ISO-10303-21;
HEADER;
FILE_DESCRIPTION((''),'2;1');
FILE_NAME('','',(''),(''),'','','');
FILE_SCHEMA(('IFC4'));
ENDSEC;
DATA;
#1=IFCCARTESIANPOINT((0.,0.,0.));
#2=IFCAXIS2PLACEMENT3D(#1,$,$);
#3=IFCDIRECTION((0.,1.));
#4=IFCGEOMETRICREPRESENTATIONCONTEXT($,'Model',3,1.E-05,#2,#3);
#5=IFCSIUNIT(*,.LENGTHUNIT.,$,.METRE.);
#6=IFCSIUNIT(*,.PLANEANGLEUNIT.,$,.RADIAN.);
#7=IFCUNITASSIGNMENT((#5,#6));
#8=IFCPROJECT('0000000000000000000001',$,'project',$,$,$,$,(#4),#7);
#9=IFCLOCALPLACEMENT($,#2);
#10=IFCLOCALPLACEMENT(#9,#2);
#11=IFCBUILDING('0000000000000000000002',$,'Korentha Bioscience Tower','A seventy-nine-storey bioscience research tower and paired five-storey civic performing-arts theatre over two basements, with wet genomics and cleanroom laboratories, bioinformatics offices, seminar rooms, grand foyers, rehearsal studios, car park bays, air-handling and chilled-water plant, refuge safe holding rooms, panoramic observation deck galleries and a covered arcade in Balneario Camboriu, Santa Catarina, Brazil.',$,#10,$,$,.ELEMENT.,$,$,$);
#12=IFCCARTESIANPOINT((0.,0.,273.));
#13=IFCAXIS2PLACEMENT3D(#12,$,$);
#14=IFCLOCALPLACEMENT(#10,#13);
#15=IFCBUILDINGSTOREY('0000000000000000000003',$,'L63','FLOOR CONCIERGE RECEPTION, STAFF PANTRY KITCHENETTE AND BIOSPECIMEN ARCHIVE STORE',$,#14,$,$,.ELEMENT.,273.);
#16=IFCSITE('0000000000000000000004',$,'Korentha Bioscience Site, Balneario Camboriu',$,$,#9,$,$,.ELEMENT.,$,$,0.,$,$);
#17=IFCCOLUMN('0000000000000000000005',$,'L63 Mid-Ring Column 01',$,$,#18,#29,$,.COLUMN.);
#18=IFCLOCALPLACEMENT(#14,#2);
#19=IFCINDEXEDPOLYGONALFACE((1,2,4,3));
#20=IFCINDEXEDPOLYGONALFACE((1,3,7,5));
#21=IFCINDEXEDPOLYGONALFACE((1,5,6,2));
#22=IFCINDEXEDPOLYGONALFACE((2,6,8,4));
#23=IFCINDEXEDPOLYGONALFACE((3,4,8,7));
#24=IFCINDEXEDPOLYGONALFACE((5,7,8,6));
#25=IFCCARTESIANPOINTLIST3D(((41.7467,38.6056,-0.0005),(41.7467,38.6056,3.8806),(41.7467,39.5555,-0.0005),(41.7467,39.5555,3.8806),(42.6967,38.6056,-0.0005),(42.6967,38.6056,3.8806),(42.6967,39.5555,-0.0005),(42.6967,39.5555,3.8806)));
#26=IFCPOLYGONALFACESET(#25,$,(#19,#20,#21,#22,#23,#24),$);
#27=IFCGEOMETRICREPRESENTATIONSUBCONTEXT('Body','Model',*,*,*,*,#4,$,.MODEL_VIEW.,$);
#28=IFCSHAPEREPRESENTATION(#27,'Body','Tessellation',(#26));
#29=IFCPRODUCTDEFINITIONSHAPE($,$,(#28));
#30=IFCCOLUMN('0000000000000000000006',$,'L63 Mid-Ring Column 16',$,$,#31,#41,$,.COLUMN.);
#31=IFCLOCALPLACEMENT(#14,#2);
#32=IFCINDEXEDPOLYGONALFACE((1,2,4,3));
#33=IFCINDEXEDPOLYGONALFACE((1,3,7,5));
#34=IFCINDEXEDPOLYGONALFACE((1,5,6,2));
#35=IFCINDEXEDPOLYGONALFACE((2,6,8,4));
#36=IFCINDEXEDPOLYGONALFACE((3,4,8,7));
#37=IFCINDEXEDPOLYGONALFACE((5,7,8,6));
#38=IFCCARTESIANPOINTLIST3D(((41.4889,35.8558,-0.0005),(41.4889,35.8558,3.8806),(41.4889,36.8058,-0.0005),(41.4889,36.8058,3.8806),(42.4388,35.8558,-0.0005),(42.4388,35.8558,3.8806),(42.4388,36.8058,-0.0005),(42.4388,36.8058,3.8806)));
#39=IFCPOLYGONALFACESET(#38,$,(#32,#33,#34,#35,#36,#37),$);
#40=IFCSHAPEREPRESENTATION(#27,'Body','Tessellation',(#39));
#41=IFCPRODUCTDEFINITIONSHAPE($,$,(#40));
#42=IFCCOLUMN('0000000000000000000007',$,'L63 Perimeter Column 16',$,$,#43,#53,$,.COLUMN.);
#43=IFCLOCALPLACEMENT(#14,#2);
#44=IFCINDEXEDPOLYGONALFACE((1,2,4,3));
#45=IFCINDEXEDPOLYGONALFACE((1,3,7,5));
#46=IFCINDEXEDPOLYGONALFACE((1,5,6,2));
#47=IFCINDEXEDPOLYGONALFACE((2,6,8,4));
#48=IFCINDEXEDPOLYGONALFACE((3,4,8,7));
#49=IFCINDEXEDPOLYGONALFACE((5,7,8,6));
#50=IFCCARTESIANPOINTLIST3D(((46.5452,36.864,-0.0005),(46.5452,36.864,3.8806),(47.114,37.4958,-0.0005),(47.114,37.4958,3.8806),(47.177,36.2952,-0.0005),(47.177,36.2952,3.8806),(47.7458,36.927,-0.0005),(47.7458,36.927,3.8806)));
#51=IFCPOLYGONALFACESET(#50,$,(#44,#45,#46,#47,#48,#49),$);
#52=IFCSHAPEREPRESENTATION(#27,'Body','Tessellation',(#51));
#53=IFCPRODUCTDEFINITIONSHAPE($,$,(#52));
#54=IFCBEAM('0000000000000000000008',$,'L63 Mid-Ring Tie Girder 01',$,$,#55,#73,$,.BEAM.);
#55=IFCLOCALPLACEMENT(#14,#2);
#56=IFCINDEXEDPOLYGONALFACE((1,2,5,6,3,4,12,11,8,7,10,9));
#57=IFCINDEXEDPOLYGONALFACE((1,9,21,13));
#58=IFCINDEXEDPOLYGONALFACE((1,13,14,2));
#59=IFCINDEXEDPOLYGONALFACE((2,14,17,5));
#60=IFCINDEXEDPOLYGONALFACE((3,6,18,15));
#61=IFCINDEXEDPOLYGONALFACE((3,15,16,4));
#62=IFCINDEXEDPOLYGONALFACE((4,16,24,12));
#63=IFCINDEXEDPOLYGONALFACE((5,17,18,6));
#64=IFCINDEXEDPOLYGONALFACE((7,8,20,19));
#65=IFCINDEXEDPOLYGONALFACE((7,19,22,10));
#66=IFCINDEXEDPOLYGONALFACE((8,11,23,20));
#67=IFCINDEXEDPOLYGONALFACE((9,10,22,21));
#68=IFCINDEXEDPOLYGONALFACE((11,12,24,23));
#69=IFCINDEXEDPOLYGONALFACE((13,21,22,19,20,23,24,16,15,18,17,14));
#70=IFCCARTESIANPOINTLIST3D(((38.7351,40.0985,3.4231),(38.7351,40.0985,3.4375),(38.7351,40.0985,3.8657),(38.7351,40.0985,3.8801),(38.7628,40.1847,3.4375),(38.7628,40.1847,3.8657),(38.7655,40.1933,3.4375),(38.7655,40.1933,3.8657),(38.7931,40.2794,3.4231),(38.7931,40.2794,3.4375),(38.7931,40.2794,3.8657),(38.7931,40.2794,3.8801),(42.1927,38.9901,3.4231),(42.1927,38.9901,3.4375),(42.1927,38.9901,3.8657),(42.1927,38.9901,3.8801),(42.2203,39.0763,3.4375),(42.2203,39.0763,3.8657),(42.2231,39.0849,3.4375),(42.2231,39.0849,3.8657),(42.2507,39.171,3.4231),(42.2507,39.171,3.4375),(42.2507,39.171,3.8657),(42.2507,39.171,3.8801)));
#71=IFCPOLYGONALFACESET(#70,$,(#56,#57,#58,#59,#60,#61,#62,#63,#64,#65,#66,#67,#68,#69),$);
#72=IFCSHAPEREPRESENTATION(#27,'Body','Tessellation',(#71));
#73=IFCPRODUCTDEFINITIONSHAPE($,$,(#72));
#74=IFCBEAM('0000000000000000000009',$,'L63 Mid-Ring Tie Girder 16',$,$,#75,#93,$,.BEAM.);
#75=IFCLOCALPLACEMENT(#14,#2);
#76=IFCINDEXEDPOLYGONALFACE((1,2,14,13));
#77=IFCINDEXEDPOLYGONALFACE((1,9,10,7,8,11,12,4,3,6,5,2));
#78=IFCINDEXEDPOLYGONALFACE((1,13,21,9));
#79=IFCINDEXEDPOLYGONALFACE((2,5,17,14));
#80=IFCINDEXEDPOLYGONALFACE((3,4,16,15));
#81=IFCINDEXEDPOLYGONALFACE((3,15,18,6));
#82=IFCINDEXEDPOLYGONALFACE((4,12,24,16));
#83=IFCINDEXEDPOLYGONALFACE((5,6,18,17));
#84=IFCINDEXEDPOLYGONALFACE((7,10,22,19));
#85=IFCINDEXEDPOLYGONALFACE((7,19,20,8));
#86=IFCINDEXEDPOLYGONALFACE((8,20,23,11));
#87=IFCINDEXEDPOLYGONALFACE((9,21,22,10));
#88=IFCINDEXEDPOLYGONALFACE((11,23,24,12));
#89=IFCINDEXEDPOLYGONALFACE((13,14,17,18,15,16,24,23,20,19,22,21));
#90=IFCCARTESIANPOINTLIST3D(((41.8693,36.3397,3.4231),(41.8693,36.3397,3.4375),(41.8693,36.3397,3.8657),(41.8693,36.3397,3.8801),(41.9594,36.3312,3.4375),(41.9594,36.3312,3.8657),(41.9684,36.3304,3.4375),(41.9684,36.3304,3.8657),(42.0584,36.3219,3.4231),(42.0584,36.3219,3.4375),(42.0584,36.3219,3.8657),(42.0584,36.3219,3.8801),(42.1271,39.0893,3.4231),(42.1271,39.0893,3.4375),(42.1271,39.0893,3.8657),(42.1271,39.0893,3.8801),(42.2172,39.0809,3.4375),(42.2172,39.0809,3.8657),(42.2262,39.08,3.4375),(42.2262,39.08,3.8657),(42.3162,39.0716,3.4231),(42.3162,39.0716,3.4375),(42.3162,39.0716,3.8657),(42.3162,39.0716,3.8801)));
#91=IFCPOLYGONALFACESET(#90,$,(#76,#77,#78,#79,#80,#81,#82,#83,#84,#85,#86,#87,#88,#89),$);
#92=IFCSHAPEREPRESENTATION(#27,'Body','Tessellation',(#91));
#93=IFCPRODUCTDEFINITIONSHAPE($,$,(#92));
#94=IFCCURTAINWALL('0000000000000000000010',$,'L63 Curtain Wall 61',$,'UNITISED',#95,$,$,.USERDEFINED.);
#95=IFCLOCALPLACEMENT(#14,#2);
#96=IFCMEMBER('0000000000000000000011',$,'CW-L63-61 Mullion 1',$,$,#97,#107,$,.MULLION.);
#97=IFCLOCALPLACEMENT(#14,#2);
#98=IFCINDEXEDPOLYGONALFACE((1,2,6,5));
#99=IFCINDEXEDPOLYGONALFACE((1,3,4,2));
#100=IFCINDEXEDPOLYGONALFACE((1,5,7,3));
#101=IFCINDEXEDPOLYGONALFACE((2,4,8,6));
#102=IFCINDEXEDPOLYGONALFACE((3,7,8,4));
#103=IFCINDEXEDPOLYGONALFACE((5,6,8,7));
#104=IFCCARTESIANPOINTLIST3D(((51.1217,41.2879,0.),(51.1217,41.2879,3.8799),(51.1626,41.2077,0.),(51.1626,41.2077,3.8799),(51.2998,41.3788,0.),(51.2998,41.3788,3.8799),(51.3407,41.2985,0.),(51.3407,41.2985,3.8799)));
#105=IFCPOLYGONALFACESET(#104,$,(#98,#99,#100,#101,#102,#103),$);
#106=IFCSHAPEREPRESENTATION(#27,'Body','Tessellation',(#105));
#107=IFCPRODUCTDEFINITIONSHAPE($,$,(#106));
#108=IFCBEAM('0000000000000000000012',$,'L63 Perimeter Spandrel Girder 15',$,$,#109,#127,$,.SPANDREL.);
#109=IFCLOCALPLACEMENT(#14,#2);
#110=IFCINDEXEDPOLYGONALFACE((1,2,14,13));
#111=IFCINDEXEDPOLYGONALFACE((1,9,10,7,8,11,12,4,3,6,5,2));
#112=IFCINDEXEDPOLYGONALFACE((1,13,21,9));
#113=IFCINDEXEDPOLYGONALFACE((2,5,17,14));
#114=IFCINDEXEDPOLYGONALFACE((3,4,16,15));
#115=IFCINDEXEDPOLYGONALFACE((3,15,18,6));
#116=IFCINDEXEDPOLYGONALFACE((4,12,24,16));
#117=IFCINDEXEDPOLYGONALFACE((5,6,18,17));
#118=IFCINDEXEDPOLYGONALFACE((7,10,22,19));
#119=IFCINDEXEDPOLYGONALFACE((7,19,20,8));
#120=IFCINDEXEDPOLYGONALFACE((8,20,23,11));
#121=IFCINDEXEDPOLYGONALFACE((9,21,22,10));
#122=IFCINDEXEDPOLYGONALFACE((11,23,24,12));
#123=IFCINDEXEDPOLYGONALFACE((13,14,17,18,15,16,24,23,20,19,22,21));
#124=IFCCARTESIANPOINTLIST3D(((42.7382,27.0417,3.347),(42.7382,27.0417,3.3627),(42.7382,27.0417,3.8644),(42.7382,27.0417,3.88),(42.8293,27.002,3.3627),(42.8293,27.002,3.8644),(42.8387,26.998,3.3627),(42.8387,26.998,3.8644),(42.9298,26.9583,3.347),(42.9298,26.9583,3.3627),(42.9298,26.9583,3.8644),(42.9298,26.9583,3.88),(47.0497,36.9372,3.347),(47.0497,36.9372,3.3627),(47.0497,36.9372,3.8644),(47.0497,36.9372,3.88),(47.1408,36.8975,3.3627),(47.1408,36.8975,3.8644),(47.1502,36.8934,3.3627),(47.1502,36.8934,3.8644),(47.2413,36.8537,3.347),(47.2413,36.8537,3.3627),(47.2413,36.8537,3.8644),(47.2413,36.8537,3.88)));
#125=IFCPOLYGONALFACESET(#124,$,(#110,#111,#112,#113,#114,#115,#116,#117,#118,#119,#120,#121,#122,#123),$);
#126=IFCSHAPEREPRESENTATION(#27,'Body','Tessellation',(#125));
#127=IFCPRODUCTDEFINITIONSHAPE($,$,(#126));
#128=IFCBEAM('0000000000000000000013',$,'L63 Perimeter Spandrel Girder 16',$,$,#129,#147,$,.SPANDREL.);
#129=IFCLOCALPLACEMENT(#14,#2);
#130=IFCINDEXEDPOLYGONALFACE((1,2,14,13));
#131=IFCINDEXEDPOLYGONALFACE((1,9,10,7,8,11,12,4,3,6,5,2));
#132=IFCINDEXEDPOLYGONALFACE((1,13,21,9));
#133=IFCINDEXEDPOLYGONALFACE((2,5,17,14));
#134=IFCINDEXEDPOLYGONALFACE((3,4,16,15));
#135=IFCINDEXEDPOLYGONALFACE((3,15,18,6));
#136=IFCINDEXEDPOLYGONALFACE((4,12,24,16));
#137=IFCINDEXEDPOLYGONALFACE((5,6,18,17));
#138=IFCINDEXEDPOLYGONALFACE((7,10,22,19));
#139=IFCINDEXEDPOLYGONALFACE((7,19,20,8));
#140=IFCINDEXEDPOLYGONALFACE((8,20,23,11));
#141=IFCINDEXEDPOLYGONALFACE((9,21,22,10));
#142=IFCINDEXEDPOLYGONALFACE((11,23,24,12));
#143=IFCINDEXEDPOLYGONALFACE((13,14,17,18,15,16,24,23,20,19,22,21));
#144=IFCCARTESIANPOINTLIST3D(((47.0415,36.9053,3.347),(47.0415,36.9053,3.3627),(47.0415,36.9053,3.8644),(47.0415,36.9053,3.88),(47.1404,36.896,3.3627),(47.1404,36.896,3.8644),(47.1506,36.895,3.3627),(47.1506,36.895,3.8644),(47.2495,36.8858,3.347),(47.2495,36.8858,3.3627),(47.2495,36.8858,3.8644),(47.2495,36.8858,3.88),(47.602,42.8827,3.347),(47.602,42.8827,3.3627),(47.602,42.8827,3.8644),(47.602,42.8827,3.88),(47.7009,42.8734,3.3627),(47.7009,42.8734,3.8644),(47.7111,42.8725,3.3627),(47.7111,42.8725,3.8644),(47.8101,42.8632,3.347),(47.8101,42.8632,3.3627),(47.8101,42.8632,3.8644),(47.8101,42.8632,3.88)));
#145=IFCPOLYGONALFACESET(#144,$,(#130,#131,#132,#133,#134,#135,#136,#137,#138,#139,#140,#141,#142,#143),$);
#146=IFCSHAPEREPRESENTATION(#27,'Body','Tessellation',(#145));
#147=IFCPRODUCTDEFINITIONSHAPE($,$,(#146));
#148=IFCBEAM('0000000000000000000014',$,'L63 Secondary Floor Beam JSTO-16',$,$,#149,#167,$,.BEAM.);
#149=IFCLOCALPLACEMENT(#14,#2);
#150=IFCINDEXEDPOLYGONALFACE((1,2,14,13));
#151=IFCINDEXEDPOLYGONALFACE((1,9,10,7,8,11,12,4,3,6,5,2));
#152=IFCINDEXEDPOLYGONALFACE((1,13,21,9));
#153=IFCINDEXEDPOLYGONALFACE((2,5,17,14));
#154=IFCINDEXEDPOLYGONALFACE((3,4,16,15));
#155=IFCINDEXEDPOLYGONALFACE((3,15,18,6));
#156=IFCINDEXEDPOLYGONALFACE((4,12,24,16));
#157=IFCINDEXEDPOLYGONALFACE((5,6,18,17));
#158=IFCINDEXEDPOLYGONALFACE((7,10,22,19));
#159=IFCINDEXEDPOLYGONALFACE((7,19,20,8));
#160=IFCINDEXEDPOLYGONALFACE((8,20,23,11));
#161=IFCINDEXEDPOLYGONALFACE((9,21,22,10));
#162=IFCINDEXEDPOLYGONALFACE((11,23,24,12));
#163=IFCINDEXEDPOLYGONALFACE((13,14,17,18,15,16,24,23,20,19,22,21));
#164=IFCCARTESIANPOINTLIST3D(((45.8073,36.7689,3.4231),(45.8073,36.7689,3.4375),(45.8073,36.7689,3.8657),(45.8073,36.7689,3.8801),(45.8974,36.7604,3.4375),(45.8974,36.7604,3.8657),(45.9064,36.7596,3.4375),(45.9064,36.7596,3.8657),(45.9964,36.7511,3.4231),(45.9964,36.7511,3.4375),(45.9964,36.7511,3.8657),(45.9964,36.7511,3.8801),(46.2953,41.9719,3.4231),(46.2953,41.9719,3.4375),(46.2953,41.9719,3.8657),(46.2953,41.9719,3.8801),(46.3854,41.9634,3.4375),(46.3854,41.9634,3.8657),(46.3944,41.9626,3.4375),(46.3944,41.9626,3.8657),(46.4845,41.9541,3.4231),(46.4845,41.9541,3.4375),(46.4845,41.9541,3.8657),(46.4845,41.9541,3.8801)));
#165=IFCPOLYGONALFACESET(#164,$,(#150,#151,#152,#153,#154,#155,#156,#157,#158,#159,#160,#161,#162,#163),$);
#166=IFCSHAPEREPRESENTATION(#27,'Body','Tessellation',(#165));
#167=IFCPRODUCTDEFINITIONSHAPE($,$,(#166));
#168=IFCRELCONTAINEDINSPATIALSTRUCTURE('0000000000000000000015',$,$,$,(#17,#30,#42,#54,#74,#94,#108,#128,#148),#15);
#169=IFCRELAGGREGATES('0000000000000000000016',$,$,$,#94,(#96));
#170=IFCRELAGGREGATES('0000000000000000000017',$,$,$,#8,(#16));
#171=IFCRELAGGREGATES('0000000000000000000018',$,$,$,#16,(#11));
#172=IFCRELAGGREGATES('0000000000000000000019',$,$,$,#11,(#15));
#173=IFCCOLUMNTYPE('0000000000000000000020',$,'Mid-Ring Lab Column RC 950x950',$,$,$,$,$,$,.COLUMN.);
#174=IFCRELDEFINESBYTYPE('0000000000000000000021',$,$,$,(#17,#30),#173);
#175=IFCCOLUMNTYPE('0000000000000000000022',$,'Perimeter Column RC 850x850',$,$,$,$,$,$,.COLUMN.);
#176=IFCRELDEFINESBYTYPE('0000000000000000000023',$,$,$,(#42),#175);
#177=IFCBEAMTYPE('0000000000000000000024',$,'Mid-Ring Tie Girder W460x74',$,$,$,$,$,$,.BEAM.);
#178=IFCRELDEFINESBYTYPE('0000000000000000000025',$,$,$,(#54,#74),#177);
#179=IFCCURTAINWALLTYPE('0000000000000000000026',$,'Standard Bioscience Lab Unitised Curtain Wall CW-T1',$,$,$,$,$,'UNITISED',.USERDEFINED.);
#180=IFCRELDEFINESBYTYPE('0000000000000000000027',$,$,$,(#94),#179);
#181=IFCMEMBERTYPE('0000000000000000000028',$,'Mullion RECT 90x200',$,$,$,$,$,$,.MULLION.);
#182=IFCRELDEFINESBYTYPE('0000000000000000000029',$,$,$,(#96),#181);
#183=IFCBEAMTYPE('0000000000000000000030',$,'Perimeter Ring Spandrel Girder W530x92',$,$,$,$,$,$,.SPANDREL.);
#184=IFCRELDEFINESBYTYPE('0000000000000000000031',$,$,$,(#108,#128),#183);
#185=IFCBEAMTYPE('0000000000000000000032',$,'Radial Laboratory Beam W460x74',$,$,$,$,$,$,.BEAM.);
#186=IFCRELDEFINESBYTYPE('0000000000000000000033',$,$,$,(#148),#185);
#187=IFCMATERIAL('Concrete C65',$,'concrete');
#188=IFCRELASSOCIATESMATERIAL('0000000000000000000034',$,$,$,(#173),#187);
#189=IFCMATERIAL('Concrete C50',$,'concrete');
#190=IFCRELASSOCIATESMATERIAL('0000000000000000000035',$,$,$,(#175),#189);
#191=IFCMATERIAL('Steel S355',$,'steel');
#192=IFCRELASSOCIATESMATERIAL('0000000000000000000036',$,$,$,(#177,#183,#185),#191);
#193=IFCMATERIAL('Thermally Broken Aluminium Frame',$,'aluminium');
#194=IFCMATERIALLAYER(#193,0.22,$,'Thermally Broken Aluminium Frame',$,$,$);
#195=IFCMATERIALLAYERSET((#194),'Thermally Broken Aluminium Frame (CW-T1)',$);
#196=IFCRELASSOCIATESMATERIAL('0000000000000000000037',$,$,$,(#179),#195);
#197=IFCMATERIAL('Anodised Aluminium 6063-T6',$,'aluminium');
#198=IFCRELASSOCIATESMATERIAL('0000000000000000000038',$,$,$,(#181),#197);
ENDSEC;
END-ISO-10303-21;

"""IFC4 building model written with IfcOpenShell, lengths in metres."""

from ifc_helpers import new_model, si_unit, direction, frame, origin, origin_2d, place, context, subcontext, project, spatial, rectangle, i_section, extrude, material, layer, layer_set, material_profile, profile_set, type_object, element, aggregate, save


model = new_model("IFC4")

# Units and contexts
model_context = context("Model", 3, precision=1e-05, world=origin(), true_north=direction((0.0, 1.0)))
body_context = subcontext(model_context, "Body", "Model", "MODEL_VIEW")
ifc_project = project(units=[si_unit("LENGTHUNIT", "METRE"), si_unit("PLANEANGLEUNIT", "RADIAN")], contexts=[model_context])

# Site, building, storey
site_placement = place(None, origin())
site = spatial("IfcSite", under=ifc_project, at=site_placement, Name="Korentha Bioscience Site, Balneario Camboriu", CompositionType="ELEMENT", RefElevation=0.0)
building_placement = place(site_placement, origin())
building = spatial("IfcBuilding", under=site, at=building_placement, Name="Korentha Bioscience Tower", Description="A seventy-nine-storey bioscience research tower and paired five-storey civic performing-arts theatre over two basements, with wet genomics and cleanroom laboratories, bioinformatics offices, seminar rooms, grand foyers, rehearsal studios, car park bays, air-handling and chilled-water plant, refuge safe holding rooms, panoramic observation deck galleries and a covered arcade in Balneario Camboriu, Santa Catarina, Brazil.", CompositionType="ELEMENT")
storey_placement = place(building_placement, frame((0.0, 0.0, 273.0)))
storey = spatial("IfcBuildingStorey", under=building, at=storey_placement, Name="L63", Description="FLOOR CONCIERGE RECEPTION, STAFF PANTRY KITCHENETTE AND BIOSPECIMEN ARCHIVE STORE", CompositionType="ELEMENT", Elevation=273.0)

# Columns
ifc_material_1 = material(Name="Concrete C65", Category="concrete")
ifc_material_profile_1 = material_profile(ifc_material_1, rectangle(XDim=0.95, YDim=0.95, at=origin_2d()), Name="Concrete C65")
ifc_profile_set_1 = profile_set([ifc_material_profile_1], Name="Concrete C65 (COL-MR09)")
column_type_1 = type_object("IfcColumnType", Name="Mid-Ring Lab Column RC 950x950", PredefinedType="COLUMN", material=ifc_profile_set_1)
for number, where, z_axis, x_axis, name in (
    (1, (42.2217, 39.0806, -0.0005), (0.0, 0.0, 1.0), (1.0, 0.0, 0.0), "L63 Mid-Ring Column 01"),
    (2, (41.9639, 36.3308, -0.0005), (0.0, 0.0, 1.0), (1.0, 0.0, 0.0), "L63 Mid-Ring Column 16"),
):
    element("IfcColumn", number, at=place(storey_placement, frame(where, z_axis=z_axis, x_axis=x_axis)), inside=storey, type_object=column_type_1, Name=name, PredefinedType="COLUMN", context=body_context, shape_type="SweptSolid", body=[
        extrude(rectangle(XDim=0.95, YDim=0.95, at=origin_2d()), origin(), (0.0, 0.0, 1.0), 3.8811),
    ])
ifc_material_2 = material(Name="Concrete C50", Category="concrete")
ifc_material_profile_2 = material_profile(ifc_material_2, rectangle(XDim=0.8501, YDim=0.8501, at=origin_2d()), Name="Concrete C50")
ifc_profile_set_2 = profile_set([ifc_material_profile_2], Name="Concrete C50 (COL-P08)")
column_type_2 = type_object("IfcColumnType", Name="Perimeter Column RC 850x850", PredefinedType="COLUMN", material=ifc_profile_set_2)
column_placement = place(storey_placement, frame((47.1455, 36.8955, -0.0005), z_axis=(0.0, 0.0, 1.0), x_axis=(0.669131, 0.743145, 0.0)))
element("IfcColumn", 3, at=column_placement, inside=storey, type_object=column_type_2, Name="L63 Perimeter Column 16", PredefinedType="COLUMN", context=body_context, shape_type="SweptSolid", body=[
    extrude(rectangle(XDim=0.8501, YDim=0.8501, at=origin_2d()), origin(), (0.0, 0.0, 1.0), 3.8811),
])

# Beams
ifc_material_3 = material(Name="Steel S355", Category="steel")
ifc_material_profile_3 = material_profile(ifc_material_3, i_section(OverallWidth=0.1899, OverallDepth=0.457, WebThickness=0.009, FlangeThickness=0.0144, at=origin_2d()), Name="Steel S355")
ifc_profile_set_3 = profile_set([ifc_material_profile_3], Name="Steel S355 (MB-460)")
beam_type_1 = type_object("IfcBeamType", Name="Mid-Ring Tie Girder W460x74", PredefinedType="BEAM", material=ifc_profile_set_3)
beam_1_placement = place(storey_placement, frame((42.2217, 39.0806, 3.6516), z_axis=(-0.952265, 0.305273, 0.0), x_axis=(-0.305273, -0.952265, 0.0)))
element("IfcBeam", 4, at=beam_1_placement, inside=storey, type_object=beam_type_1, Name="L63 Mid-Ring Tie Girder 01", PredefinedType="BEAM", context=body_context, shape_type="SweptSolid", body=[
    extrude(i_section(OverallWidth=0.1899, OverallDepth=0.457, WebThickness=0.009, FlangeThickness=0.0144, at=origin_2d()), origin(), (0.0, 0.0, 1.0), 3.6309),
])
beam_2_placement = place(storey_placement, frame((41.9639, 36.3308, 3.6516), z_axis=(0.093349, 0.995633, 0.0), x_axis=(-0.995633, 0.093349, 0.0)))
element("IfcBeam", 5, at=beam_2_placement, inside=storey, type_object=beam_type_1, Name="L63 Mid-Ring Tie Girder 16", PredefinedType="BEAM", context=body_context, shape_type="SweptSolid", body=[
    extrude(i_section(OverallWidth=0.1899, OverallDepth=0.457, WebThickness=0.009, FlangeThickness=0.0144, at=origin_2d()), origin(), (0.0, 0.0, 1.0), 2.7617),
])

# Curtain wall, member
ifc_material_4 = material(Name="Thermally Broken Aluminium Frame", Category="aluminium")
ifc_layer_1 = layer(ifc_material_4, 0.22, Name="Thermally Broken Aluminium Frame")
ifc_layer_set_1 = layer_set([ifc_layer_1], Name="Thermally Broken Aluminium Frame (CW-T1)")
curtain_wall_type = type_object("IfcCurtainWallType", Name="Standard Bioscience Lab Unitised Curtain Wall CW-T1", ElementType="UNITISED", PredefinedType="USERDEFINED", material=ifc_layer_set_1)
curtain_wall_placement = place(storey_placement, origin())
curtain_wall = element("IfcCurtainWall", 6, at=curtain_wall_placement, inside=storey, type_object=curtain_wall_type, Name="L63 Curtain Wall 61", ObjectType="UNITISED", PredefinedType="USERDEFINED")
ifc_material_5 = material(Name="Anodised Aluminium 6063-T6", Category="aluminium")
ifc_material_profile_4 = material_profile(ifc_material_5, rectangle(XDim=0.0901, YDim=0.2, at=origin_2d()), Name="Anodised Aluminium 6063-T6")
ifc_profile_set_4 = profile_set([ifc_material_profile_4], Name="Anodised Aluminium 6063-T6 (CW-MUL)")
member_type_1 = type_object("IfcMemberType", Name="Mullion RECT 90x200", PredefinedType="MULLION", material=ifc_profile_set_4)
member_1_placement = place(storey_placement, frame((51.2312, 41.2932, 0.0), z_axis=(0.0, 0.0, 1.0), x_axis=(-0.454239, 0.89088, 0.0)))
member_1 = element("IfcMember", 7, at=member_1_placement, type_object=member_type_1, Name="CW-L63-61 Mullion 1", PredefinedType="MULLION", context=body_context, shape_type="SweptSolid", body=[
    extrude(rectangle(XDim=0.0901, YDim=0.2, at=origin_2d()), origin(), (0.0, 0.0, 1.0), 3.8799),
])

# Beams
ifc_material_profile_5 = material_profile(ifc_material_3, i_section(OverallWidth=0.209, OverallDepth=0.533, WebThickness=0.0103, FlangeThickness=0.0156, at=origin_2d()), Name="Steel S355")
ifc_profile_set_5 = profile_set([ifc_material_profile_5], Name="Steel S355 (SB-530)")
beam_type_2 = type_object("IfcBeamType", Name="Perimeter Ring Spandrel Girder W530x92", PredefinedType="SPANDREL", material=ifc_profile_set_5)
beam_3_placement = place(storey_placement, frame((42.834, 27.0, 3.6135), z_axis=(0.399437, 0.916761, 0.0), x_axis=(-0.916761, 0.399437, 0.0)))
element("IfcBeam", 8, at=beam_3_placement, inside=storey, type_object=beam_type_2, Name="L63 Perimeter Spandrel Girder 15", PredefinedType="SPANDREL", context=body_context, shape_type="SweptSolid", body=[
    extrude(i_section(OverallWidth=0.209, OverallDepth=0.533, WebThickness=0.0103, FlangeThickness=0.0156, at=origin_2d()), origin(), (0.0, 0.0, 1.0), 10.7939),
])
beam_4_placement = place(storey_placement, frame((47.1455, 36.8955, 3.6135), z_axis=(0.093366, 0.995632, 0.0), x_axis=(-0.995632, 0.093366, 0.0)))
element("IfcBeam", 9, at=beam_4_placement, inside=storey, type_object=beam_type_2, Name="L63 Perimeter Spandrel Girder 16", PredefinedType="SPANDREL", context=body_context, shape_type="SweptSolid", body=[
    extrude(i_section(OverallWidth=0.209, OverallDepth=0.533, WebThickness=0.0103, FlangeThickness=0.0156, at=origin_2d()), origin(), (0.0, 0.0, 1.0), 6.0037),
])
ifc_material_profile_6 = material_profile(ifc_material_3, i_section(OverallWidth=0.1899, OverallDepth=0.457, WebThickness=0.009, FlangeThickness=0.0144, at=origin_2d()), Name="Steel S355")
ifc_profile_set_6 = profile_set([ifc_material_profile_6], Name="Steel S355 (RB-460)")
beam_type_3 = type_object("IfcBeamType", Name="Radial Laboratory Beam W460x74", PredefinedType="BEAM", material=ifc_profile_set_6)
beam_5_placement = place(storey_placement, frame((45.9019, 36.76, 3.6516), z_axis=(0.093391, 0.995629, 0.0), x_axis=(-0.995629, 0.093391, 0.0)))
element("IfcBeam", 10, at=beam_5_placement, inside=storey, type_object=beam_type_3, Name="L63 Secondary Floor Beam JSTO-16", PredefinedType="BEAM", context=body_context, shape_type="SweptSolid", body=[
    extrude(i_section(OverallWidth=0.1899, OverallDepth=0.457, WebThickness=0.009, FlangeThickness=0.0144, at=origin_2d()), origin(), (0.0, 0.0, 1.0), 5.2258),
])

aggregate(curtain_wall, [member_1])

save(model, "model.ifc")
